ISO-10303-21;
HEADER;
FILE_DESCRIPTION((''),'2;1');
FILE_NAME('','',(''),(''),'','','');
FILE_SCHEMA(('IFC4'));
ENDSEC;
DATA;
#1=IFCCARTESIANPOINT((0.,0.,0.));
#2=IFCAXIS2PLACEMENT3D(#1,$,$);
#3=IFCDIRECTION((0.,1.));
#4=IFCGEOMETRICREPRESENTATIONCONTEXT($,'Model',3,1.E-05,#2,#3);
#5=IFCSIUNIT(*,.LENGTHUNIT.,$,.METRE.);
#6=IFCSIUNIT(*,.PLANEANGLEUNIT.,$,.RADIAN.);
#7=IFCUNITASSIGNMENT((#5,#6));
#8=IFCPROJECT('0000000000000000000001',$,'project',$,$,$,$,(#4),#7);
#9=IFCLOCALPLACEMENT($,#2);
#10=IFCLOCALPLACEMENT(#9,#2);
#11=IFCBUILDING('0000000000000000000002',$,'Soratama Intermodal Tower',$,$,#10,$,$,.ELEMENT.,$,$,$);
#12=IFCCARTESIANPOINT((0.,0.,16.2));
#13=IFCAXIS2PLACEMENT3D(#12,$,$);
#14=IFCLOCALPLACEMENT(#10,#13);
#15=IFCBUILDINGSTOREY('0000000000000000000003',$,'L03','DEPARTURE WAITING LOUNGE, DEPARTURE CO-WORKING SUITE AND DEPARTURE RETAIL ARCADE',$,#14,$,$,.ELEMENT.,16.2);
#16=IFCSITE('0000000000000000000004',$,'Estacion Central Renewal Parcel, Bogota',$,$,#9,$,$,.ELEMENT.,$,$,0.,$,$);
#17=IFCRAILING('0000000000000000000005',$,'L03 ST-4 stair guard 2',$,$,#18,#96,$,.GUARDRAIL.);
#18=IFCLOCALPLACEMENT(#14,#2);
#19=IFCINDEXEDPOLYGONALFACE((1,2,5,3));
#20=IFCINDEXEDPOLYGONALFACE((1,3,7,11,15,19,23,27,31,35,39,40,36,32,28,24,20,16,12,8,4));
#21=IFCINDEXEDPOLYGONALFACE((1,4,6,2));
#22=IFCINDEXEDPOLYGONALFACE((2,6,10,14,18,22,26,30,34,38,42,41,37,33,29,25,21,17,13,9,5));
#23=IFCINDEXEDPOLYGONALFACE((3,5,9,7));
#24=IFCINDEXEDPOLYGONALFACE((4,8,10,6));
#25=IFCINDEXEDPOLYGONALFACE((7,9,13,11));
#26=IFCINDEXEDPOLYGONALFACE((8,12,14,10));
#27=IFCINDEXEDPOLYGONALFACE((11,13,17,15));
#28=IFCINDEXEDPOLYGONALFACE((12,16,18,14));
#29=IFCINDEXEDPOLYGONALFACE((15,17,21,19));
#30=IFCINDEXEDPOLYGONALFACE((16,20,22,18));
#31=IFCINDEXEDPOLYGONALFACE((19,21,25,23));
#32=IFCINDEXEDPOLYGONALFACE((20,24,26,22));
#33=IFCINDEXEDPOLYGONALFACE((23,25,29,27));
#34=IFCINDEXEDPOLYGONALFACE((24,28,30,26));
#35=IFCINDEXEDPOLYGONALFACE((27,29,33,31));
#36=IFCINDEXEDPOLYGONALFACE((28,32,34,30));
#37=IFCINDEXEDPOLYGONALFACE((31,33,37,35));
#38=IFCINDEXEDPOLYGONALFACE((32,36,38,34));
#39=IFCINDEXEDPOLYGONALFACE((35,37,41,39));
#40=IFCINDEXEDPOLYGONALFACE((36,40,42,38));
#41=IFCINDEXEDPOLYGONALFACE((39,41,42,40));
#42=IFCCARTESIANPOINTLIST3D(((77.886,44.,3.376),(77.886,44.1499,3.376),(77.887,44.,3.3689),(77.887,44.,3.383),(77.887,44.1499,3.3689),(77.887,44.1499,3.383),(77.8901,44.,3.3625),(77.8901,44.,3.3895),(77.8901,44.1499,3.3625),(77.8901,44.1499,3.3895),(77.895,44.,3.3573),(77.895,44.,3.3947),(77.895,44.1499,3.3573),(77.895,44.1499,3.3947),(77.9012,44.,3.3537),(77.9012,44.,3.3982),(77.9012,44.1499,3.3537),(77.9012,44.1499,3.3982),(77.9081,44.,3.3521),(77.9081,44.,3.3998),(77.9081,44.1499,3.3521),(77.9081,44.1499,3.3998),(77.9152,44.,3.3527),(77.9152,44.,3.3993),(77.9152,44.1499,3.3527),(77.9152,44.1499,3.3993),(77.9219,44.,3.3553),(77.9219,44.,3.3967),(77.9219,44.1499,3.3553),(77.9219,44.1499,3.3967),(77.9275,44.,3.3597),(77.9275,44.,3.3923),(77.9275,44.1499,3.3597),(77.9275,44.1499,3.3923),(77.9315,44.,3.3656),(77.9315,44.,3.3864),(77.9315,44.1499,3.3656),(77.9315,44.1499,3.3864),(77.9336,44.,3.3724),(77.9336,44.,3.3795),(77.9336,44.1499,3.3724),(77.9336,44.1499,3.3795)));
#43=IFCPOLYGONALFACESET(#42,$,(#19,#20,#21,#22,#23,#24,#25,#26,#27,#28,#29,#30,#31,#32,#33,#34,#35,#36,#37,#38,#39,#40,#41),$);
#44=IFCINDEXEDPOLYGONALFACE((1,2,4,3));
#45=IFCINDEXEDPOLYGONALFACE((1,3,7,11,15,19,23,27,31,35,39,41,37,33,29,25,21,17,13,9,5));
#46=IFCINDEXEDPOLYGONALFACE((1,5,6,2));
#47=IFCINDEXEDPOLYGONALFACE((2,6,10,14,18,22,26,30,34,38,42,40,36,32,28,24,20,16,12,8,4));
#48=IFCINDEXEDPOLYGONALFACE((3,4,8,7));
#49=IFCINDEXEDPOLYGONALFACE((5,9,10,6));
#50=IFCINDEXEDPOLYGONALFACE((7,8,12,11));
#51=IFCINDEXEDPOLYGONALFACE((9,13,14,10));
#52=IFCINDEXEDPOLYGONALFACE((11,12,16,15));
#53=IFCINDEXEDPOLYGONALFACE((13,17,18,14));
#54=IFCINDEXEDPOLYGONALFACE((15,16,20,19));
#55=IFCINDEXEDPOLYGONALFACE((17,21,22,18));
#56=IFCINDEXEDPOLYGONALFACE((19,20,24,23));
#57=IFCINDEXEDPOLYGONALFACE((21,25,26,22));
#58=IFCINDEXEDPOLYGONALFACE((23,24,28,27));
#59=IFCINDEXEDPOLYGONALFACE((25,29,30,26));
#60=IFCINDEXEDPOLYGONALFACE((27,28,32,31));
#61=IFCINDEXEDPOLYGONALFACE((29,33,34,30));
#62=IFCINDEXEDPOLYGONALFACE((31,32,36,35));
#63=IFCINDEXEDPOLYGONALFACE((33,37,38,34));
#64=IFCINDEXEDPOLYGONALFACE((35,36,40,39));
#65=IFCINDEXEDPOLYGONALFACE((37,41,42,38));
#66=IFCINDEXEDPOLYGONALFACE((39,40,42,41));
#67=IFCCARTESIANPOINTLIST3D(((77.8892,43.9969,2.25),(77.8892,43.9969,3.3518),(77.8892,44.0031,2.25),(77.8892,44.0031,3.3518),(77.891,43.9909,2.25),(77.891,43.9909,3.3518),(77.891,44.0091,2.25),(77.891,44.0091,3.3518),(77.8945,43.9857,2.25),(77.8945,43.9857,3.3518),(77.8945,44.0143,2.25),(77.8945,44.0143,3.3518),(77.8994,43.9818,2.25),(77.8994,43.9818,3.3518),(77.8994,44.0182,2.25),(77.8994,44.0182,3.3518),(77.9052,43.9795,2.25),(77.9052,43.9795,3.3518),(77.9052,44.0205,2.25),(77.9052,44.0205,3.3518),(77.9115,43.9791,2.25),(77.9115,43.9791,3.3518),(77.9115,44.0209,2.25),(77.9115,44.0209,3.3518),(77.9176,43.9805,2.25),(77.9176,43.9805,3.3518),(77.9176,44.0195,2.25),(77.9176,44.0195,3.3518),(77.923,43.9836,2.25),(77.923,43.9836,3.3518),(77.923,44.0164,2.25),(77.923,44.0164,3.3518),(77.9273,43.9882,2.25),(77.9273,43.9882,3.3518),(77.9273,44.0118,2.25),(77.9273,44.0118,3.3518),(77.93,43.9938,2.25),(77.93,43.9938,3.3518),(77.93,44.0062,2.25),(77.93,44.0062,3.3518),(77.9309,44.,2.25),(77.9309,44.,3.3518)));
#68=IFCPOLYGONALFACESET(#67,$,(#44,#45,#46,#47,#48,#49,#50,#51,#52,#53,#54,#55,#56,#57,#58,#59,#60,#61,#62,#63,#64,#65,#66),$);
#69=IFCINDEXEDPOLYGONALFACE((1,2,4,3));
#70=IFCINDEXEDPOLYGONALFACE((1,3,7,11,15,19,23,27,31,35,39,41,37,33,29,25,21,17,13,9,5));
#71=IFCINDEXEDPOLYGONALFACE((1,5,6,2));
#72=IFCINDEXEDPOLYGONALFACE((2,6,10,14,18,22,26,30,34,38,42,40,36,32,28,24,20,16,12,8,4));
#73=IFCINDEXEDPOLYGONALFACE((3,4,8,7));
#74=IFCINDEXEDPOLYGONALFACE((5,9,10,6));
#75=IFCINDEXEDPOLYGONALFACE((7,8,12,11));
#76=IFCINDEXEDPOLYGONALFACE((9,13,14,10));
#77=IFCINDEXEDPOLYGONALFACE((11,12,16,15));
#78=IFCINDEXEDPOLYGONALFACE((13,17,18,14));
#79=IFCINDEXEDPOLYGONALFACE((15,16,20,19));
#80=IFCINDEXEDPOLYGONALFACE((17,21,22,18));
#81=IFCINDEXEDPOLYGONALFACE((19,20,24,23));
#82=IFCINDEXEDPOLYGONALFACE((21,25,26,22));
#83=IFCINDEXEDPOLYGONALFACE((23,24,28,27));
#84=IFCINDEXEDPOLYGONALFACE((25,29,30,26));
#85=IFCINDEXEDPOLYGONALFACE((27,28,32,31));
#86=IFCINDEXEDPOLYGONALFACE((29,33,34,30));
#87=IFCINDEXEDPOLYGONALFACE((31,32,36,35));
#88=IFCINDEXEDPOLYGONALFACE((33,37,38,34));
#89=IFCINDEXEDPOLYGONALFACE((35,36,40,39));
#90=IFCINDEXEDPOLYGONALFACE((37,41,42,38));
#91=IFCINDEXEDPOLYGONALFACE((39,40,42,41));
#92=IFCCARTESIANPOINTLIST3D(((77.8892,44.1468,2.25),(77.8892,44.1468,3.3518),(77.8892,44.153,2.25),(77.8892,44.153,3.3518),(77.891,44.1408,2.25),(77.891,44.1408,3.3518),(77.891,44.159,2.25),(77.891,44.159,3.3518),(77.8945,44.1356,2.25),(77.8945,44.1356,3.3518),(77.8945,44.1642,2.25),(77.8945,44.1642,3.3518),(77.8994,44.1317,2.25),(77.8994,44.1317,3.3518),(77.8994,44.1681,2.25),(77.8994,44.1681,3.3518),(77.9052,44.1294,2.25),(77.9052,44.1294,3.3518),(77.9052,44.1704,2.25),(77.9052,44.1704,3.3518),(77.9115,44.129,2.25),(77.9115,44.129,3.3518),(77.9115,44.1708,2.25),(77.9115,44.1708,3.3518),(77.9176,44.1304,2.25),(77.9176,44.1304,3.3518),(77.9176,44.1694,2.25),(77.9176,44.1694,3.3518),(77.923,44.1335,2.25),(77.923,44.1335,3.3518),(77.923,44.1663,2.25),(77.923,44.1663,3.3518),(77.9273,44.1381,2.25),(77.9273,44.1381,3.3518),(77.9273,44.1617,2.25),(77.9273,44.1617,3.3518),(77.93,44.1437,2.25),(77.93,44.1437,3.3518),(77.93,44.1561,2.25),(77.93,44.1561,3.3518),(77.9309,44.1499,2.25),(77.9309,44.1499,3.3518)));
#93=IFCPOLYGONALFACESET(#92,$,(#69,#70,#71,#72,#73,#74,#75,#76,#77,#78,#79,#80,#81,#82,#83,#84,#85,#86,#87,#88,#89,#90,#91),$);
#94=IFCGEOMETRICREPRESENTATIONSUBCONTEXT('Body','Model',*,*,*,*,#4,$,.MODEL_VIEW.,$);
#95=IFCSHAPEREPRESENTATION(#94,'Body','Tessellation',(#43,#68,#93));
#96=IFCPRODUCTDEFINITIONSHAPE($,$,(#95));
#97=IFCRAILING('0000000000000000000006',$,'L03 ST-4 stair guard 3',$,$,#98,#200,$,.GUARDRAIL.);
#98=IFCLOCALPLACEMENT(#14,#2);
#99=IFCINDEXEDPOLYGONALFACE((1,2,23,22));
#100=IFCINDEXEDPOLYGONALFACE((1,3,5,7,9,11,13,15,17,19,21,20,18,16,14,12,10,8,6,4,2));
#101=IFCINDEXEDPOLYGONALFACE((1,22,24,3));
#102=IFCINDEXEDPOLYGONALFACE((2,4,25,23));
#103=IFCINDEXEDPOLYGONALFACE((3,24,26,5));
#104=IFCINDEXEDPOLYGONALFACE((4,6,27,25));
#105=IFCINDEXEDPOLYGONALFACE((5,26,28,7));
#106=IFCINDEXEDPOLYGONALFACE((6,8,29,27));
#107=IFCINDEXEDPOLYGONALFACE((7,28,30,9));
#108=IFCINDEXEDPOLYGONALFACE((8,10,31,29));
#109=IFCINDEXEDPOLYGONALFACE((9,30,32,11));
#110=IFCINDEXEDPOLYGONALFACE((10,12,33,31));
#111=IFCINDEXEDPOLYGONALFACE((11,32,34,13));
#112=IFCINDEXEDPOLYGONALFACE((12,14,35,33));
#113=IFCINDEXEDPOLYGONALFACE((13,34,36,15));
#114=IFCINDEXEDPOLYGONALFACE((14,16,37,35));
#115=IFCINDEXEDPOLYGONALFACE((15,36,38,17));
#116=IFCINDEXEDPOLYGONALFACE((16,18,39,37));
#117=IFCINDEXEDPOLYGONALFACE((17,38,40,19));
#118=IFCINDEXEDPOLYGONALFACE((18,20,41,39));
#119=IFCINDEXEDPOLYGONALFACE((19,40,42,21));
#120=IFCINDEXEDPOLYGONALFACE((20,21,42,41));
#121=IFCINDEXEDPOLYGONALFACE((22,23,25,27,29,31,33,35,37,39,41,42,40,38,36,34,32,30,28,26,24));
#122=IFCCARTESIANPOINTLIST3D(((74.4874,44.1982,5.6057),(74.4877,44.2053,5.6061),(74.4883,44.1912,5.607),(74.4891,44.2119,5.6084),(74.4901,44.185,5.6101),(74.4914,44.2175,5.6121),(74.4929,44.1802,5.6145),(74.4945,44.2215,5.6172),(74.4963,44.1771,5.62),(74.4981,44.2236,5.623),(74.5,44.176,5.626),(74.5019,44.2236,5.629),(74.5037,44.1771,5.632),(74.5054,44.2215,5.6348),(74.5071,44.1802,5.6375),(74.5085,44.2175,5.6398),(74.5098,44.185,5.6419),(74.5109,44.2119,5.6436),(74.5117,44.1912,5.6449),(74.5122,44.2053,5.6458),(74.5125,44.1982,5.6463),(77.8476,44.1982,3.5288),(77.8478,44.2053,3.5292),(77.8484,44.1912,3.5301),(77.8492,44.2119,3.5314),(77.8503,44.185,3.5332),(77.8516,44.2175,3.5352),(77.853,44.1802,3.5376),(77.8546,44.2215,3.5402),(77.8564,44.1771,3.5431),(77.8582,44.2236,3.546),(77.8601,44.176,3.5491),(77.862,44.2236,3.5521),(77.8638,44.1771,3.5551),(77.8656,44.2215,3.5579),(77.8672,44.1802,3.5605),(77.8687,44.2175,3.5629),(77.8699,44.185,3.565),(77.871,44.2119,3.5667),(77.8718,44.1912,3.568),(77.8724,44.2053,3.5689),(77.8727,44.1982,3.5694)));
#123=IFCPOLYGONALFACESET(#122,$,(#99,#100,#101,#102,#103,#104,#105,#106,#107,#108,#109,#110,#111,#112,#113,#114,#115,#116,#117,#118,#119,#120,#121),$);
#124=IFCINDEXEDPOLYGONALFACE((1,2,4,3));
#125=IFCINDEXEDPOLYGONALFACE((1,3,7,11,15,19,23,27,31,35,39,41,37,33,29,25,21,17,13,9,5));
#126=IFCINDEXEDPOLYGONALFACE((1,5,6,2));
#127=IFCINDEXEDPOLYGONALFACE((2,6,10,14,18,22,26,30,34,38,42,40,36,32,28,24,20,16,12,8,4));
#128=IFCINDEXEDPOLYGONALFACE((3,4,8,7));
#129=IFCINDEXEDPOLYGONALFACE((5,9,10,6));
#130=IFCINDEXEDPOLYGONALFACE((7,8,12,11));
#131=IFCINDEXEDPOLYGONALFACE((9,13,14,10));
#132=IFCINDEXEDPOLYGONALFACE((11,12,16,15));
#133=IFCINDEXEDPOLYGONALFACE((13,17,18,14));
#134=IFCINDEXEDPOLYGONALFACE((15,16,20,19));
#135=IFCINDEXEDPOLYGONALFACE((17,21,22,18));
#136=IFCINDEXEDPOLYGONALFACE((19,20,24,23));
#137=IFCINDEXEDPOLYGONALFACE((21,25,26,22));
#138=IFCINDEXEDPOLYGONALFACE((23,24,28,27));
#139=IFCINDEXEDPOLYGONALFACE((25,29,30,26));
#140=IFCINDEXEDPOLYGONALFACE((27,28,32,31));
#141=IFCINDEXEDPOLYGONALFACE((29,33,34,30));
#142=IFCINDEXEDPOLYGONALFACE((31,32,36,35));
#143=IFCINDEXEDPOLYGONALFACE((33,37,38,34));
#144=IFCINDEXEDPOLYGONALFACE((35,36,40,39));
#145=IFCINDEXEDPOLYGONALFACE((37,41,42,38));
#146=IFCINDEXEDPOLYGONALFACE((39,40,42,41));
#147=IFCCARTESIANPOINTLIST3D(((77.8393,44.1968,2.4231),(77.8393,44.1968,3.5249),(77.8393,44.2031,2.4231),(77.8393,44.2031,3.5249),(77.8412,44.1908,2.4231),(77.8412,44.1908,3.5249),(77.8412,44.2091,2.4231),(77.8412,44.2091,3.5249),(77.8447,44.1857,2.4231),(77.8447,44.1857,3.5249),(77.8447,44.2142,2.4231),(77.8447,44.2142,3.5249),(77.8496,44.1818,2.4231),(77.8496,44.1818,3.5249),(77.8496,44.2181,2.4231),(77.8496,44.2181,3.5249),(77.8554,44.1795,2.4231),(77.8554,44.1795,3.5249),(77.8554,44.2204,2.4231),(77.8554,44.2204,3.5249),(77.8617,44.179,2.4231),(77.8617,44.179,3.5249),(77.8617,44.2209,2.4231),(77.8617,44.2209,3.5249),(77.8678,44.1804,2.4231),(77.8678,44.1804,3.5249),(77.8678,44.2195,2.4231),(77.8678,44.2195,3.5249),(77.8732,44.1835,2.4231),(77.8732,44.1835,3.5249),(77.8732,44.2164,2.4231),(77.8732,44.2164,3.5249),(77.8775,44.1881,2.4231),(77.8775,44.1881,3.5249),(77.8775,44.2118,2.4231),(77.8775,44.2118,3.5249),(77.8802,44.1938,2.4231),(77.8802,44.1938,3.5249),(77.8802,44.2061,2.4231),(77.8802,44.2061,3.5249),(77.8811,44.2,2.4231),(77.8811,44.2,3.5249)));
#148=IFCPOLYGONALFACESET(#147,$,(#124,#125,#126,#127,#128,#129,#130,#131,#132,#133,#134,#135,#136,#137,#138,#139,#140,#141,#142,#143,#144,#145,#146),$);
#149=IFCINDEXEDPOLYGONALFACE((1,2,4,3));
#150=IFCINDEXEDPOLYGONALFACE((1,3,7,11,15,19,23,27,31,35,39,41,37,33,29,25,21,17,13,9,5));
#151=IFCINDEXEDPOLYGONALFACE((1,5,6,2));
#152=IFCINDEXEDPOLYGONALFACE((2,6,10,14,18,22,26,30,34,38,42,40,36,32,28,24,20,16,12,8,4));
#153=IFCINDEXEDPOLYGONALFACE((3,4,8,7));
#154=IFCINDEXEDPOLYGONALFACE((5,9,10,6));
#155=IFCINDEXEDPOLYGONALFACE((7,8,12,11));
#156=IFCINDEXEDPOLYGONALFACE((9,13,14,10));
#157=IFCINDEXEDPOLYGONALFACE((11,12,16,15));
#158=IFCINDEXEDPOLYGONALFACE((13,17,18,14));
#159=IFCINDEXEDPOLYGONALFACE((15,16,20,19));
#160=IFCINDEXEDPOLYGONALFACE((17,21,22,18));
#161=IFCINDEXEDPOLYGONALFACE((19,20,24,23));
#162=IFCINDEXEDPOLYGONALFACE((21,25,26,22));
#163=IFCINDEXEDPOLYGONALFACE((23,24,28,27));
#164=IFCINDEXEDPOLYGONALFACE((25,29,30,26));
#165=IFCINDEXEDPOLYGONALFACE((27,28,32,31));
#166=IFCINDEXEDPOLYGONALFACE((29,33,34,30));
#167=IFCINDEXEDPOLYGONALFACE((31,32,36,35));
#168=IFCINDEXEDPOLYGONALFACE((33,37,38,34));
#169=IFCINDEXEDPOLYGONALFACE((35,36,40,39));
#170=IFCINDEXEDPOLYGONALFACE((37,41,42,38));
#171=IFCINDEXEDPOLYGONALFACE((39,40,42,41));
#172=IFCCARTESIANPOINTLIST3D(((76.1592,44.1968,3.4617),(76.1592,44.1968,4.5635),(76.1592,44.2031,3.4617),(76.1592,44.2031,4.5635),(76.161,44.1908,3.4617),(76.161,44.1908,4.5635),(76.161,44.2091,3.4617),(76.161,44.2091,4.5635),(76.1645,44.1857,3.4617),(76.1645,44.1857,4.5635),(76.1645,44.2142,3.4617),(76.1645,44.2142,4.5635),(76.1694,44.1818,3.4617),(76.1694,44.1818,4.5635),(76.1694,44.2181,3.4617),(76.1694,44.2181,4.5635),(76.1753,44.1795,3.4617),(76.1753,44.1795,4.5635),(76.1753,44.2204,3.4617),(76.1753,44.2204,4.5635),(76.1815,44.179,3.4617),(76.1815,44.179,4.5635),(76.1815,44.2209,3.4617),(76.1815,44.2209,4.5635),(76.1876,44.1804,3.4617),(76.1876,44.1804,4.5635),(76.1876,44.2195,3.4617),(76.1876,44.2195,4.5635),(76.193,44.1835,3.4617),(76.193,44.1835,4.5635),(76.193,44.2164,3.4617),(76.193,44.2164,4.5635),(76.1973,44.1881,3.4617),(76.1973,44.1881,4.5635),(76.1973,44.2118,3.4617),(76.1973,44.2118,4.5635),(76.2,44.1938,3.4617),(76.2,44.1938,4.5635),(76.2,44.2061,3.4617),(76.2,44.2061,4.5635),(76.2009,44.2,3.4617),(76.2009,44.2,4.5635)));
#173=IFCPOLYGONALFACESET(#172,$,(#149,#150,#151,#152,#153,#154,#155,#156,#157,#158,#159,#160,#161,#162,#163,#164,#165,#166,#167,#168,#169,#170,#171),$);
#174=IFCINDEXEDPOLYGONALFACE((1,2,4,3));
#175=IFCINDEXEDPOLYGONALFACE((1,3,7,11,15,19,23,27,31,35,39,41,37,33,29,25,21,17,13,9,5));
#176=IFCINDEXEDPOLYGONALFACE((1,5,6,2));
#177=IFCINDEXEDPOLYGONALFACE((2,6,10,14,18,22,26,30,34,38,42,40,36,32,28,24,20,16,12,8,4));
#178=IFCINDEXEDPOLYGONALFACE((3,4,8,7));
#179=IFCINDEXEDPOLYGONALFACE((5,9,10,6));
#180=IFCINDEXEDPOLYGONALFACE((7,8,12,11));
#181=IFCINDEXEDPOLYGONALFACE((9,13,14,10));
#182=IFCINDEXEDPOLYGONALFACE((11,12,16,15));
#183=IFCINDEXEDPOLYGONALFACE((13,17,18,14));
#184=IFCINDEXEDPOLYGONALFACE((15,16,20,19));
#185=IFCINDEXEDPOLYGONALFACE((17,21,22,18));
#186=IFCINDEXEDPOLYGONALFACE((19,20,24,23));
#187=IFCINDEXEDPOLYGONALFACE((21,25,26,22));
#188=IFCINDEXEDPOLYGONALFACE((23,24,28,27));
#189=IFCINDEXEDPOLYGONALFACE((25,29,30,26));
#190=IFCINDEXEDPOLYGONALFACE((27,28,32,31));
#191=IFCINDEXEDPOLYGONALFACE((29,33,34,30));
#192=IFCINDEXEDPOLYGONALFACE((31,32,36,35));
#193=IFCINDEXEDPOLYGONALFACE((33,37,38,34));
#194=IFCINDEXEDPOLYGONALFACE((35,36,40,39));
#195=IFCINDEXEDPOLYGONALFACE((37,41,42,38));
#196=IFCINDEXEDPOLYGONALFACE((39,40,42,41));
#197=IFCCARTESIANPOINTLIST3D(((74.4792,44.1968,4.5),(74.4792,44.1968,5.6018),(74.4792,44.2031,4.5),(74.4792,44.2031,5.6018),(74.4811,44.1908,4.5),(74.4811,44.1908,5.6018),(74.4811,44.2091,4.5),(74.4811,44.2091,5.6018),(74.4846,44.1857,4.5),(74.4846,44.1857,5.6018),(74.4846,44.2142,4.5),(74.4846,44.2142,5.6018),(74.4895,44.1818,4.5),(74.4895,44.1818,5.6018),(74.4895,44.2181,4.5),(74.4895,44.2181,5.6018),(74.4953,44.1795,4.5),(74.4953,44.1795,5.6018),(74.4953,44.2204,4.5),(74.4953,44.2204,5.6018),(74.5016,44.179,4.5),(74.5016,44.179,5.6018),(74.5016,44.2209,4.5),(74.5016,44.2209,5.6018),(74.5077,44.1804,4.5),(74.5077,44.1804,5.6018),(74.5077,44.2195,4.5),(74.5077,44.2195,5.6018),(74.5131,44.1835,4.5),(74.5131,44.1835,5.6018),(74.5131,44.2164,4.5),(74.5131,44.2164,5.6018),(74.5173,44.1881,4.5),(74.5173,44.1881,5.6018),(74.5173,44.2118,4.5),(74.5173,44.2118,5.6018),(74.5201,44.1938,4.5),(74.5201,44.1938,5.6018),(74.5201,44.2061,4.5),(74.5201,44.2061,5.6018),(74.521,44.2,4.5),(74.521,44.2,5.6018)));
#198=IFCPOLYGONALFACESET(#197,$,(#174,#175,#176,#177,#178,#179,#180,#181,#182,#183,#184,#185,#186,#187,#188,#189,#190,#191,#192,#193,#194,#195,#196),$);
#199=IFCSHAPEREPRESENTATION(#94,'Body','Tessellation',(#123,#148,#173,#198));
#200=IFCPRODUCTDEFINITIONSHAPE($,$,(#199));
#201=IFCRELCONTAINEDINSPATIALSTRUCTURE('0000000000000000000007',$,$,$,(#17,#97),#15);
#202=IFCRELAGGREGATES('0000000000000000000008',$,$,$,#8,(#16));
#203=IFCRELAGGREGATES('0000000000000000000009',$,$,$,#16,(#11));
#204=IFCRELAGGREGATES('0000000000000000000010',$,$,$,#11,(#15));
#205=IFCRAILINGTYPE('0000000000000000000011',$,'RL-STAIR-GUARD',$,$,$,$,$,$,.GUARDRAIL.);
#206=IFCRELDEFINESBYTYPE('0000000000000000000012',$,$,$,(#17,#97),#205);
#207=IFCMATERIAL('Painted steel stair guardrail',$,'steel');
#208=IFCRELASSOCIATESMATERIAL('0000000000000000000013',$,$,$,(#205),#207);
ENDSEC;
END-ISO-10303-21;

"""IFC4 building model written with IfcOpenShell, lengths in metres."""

from ifc_helpers import new_model, si_unit, direction, frame, origin, origin_2d, place, context, subcontext, project, spatial, circle, extrude, material, type_object, element, save


model = new_model("IFC4")

# Units and contexts
model_context = context("Model", 3, precision=1e-05, world=origin(), true_north=direction((0.0, 1.0)))
body_context = subcontext(model_context, "Body", "Model", "MODEL_VIEW")
ifc_project = project(units=[si_unit("LENGTHUNIT", "METRE"), si_unit("PLANEANGLEUNIT", "RADIAN")], contexts=[model_context])

# Site, building, storey
site_placement = place(None, origin())
site = spatial("IfcSite", under=ifc_project, at=site_placement, Name="Estacion Central Renewal Parcel, Bogota", CompositionType="ELEMENT", RefElevation=0.0)
building_placement = place(site_placement, origin())
building = spatial("IfcBuilding", under=site, at=building_placement, Name="Soratama Intermodal Tower", CompositionType="ELEMENT")
storey_placement = place(building_placement, frame((0.0, 0.0, 16.2)))
storey = spatial("IfcBuildingStorey", under=building, at=storey_placement, Name="L03", Description="DEPARTURE WAITING LOUNGE, DEPARTURE CO-WORKING SUITE AND DEPARTURE RETAIL ARCADE", CompositionType="ELEMENT", Elevation=16.2)

# Railings
ifc_material_1 = material(Name="Painted steel stair guardrail", Category="steel")
railing_type_1 = type_object("IfcRailingType", Name="RL-STAIR-GUARD", PredefinedType="GUARDRAIL", material=ifc_material_1)
railing_1_placement = place(storey_placement, frame((77.9099, 44.0, 2.25)))
element("IfcRailing", 1, at=railing_1_placement, inside=storey, type_object=railing_type_1, Name="L03 ST-4 stair guard 2", PredefinedType="GUARDRAIL", context=body_context, shape_type="SweptSolid", body=[
    extrude(circle(Radius=0.0239, at=origin_2d()), frame((0.0, 0.0, 1.126), z_axis=(0.0, 1.0, 0.0), x_axis=(-1.0, 0.0, 0.0)), (0.0, 0.0, 1.0), 0.1499),
    extrude(circle(Radius=0.021, at=origin_2d()), origin(), (0.0, 0.0, 1.0), 1.1018),
    extrude(circle(Radius=0.021, at=origin_2d()), frame((0.0, 0.1499, 0.0)), (0.0, 0.0, 1.0), 1.1018),
])
railing_2_placement = place(storey_placement, frame((77.8601, 44.2, 2.4231)))
element("IfcRailing", 2, at=railing_2_placement, inside=storey, type_object=railing_type_1, Name="L03 ST-4 stair guard 3", PredefinedType="GUARDRAIL", context=body_context, shape_type="SweptSolid", body=[
    extrude(circle(Radius=0.0239, at=origin_2d()), frame((0.0, 0.0, 1.126), z_axis=(-0.850623, 0.0, 0.525776), x_axis=(0.0, -1.0, 0.0)), (0.0, 0.0, 1.0), 3.9502),
    extrude(circle(Radius=0.021, at=origin_2d()), origin(), (0.0, 0.0, 1.0), 1.1018),
    extrude(circle(Radius=0.021, at=origin_2d()), frame((-1.6802, 0.0, 1.0386)), (0.0, 0.0, 1.0), 1.1018),
    extrude(circle(Radius=0.021, at=origin_2d()), frame((-3.3601, 0.0, 2.0769)), (0.0, 0.0, 1.0), 1.1018),
])

save(model, "model.ifc")
